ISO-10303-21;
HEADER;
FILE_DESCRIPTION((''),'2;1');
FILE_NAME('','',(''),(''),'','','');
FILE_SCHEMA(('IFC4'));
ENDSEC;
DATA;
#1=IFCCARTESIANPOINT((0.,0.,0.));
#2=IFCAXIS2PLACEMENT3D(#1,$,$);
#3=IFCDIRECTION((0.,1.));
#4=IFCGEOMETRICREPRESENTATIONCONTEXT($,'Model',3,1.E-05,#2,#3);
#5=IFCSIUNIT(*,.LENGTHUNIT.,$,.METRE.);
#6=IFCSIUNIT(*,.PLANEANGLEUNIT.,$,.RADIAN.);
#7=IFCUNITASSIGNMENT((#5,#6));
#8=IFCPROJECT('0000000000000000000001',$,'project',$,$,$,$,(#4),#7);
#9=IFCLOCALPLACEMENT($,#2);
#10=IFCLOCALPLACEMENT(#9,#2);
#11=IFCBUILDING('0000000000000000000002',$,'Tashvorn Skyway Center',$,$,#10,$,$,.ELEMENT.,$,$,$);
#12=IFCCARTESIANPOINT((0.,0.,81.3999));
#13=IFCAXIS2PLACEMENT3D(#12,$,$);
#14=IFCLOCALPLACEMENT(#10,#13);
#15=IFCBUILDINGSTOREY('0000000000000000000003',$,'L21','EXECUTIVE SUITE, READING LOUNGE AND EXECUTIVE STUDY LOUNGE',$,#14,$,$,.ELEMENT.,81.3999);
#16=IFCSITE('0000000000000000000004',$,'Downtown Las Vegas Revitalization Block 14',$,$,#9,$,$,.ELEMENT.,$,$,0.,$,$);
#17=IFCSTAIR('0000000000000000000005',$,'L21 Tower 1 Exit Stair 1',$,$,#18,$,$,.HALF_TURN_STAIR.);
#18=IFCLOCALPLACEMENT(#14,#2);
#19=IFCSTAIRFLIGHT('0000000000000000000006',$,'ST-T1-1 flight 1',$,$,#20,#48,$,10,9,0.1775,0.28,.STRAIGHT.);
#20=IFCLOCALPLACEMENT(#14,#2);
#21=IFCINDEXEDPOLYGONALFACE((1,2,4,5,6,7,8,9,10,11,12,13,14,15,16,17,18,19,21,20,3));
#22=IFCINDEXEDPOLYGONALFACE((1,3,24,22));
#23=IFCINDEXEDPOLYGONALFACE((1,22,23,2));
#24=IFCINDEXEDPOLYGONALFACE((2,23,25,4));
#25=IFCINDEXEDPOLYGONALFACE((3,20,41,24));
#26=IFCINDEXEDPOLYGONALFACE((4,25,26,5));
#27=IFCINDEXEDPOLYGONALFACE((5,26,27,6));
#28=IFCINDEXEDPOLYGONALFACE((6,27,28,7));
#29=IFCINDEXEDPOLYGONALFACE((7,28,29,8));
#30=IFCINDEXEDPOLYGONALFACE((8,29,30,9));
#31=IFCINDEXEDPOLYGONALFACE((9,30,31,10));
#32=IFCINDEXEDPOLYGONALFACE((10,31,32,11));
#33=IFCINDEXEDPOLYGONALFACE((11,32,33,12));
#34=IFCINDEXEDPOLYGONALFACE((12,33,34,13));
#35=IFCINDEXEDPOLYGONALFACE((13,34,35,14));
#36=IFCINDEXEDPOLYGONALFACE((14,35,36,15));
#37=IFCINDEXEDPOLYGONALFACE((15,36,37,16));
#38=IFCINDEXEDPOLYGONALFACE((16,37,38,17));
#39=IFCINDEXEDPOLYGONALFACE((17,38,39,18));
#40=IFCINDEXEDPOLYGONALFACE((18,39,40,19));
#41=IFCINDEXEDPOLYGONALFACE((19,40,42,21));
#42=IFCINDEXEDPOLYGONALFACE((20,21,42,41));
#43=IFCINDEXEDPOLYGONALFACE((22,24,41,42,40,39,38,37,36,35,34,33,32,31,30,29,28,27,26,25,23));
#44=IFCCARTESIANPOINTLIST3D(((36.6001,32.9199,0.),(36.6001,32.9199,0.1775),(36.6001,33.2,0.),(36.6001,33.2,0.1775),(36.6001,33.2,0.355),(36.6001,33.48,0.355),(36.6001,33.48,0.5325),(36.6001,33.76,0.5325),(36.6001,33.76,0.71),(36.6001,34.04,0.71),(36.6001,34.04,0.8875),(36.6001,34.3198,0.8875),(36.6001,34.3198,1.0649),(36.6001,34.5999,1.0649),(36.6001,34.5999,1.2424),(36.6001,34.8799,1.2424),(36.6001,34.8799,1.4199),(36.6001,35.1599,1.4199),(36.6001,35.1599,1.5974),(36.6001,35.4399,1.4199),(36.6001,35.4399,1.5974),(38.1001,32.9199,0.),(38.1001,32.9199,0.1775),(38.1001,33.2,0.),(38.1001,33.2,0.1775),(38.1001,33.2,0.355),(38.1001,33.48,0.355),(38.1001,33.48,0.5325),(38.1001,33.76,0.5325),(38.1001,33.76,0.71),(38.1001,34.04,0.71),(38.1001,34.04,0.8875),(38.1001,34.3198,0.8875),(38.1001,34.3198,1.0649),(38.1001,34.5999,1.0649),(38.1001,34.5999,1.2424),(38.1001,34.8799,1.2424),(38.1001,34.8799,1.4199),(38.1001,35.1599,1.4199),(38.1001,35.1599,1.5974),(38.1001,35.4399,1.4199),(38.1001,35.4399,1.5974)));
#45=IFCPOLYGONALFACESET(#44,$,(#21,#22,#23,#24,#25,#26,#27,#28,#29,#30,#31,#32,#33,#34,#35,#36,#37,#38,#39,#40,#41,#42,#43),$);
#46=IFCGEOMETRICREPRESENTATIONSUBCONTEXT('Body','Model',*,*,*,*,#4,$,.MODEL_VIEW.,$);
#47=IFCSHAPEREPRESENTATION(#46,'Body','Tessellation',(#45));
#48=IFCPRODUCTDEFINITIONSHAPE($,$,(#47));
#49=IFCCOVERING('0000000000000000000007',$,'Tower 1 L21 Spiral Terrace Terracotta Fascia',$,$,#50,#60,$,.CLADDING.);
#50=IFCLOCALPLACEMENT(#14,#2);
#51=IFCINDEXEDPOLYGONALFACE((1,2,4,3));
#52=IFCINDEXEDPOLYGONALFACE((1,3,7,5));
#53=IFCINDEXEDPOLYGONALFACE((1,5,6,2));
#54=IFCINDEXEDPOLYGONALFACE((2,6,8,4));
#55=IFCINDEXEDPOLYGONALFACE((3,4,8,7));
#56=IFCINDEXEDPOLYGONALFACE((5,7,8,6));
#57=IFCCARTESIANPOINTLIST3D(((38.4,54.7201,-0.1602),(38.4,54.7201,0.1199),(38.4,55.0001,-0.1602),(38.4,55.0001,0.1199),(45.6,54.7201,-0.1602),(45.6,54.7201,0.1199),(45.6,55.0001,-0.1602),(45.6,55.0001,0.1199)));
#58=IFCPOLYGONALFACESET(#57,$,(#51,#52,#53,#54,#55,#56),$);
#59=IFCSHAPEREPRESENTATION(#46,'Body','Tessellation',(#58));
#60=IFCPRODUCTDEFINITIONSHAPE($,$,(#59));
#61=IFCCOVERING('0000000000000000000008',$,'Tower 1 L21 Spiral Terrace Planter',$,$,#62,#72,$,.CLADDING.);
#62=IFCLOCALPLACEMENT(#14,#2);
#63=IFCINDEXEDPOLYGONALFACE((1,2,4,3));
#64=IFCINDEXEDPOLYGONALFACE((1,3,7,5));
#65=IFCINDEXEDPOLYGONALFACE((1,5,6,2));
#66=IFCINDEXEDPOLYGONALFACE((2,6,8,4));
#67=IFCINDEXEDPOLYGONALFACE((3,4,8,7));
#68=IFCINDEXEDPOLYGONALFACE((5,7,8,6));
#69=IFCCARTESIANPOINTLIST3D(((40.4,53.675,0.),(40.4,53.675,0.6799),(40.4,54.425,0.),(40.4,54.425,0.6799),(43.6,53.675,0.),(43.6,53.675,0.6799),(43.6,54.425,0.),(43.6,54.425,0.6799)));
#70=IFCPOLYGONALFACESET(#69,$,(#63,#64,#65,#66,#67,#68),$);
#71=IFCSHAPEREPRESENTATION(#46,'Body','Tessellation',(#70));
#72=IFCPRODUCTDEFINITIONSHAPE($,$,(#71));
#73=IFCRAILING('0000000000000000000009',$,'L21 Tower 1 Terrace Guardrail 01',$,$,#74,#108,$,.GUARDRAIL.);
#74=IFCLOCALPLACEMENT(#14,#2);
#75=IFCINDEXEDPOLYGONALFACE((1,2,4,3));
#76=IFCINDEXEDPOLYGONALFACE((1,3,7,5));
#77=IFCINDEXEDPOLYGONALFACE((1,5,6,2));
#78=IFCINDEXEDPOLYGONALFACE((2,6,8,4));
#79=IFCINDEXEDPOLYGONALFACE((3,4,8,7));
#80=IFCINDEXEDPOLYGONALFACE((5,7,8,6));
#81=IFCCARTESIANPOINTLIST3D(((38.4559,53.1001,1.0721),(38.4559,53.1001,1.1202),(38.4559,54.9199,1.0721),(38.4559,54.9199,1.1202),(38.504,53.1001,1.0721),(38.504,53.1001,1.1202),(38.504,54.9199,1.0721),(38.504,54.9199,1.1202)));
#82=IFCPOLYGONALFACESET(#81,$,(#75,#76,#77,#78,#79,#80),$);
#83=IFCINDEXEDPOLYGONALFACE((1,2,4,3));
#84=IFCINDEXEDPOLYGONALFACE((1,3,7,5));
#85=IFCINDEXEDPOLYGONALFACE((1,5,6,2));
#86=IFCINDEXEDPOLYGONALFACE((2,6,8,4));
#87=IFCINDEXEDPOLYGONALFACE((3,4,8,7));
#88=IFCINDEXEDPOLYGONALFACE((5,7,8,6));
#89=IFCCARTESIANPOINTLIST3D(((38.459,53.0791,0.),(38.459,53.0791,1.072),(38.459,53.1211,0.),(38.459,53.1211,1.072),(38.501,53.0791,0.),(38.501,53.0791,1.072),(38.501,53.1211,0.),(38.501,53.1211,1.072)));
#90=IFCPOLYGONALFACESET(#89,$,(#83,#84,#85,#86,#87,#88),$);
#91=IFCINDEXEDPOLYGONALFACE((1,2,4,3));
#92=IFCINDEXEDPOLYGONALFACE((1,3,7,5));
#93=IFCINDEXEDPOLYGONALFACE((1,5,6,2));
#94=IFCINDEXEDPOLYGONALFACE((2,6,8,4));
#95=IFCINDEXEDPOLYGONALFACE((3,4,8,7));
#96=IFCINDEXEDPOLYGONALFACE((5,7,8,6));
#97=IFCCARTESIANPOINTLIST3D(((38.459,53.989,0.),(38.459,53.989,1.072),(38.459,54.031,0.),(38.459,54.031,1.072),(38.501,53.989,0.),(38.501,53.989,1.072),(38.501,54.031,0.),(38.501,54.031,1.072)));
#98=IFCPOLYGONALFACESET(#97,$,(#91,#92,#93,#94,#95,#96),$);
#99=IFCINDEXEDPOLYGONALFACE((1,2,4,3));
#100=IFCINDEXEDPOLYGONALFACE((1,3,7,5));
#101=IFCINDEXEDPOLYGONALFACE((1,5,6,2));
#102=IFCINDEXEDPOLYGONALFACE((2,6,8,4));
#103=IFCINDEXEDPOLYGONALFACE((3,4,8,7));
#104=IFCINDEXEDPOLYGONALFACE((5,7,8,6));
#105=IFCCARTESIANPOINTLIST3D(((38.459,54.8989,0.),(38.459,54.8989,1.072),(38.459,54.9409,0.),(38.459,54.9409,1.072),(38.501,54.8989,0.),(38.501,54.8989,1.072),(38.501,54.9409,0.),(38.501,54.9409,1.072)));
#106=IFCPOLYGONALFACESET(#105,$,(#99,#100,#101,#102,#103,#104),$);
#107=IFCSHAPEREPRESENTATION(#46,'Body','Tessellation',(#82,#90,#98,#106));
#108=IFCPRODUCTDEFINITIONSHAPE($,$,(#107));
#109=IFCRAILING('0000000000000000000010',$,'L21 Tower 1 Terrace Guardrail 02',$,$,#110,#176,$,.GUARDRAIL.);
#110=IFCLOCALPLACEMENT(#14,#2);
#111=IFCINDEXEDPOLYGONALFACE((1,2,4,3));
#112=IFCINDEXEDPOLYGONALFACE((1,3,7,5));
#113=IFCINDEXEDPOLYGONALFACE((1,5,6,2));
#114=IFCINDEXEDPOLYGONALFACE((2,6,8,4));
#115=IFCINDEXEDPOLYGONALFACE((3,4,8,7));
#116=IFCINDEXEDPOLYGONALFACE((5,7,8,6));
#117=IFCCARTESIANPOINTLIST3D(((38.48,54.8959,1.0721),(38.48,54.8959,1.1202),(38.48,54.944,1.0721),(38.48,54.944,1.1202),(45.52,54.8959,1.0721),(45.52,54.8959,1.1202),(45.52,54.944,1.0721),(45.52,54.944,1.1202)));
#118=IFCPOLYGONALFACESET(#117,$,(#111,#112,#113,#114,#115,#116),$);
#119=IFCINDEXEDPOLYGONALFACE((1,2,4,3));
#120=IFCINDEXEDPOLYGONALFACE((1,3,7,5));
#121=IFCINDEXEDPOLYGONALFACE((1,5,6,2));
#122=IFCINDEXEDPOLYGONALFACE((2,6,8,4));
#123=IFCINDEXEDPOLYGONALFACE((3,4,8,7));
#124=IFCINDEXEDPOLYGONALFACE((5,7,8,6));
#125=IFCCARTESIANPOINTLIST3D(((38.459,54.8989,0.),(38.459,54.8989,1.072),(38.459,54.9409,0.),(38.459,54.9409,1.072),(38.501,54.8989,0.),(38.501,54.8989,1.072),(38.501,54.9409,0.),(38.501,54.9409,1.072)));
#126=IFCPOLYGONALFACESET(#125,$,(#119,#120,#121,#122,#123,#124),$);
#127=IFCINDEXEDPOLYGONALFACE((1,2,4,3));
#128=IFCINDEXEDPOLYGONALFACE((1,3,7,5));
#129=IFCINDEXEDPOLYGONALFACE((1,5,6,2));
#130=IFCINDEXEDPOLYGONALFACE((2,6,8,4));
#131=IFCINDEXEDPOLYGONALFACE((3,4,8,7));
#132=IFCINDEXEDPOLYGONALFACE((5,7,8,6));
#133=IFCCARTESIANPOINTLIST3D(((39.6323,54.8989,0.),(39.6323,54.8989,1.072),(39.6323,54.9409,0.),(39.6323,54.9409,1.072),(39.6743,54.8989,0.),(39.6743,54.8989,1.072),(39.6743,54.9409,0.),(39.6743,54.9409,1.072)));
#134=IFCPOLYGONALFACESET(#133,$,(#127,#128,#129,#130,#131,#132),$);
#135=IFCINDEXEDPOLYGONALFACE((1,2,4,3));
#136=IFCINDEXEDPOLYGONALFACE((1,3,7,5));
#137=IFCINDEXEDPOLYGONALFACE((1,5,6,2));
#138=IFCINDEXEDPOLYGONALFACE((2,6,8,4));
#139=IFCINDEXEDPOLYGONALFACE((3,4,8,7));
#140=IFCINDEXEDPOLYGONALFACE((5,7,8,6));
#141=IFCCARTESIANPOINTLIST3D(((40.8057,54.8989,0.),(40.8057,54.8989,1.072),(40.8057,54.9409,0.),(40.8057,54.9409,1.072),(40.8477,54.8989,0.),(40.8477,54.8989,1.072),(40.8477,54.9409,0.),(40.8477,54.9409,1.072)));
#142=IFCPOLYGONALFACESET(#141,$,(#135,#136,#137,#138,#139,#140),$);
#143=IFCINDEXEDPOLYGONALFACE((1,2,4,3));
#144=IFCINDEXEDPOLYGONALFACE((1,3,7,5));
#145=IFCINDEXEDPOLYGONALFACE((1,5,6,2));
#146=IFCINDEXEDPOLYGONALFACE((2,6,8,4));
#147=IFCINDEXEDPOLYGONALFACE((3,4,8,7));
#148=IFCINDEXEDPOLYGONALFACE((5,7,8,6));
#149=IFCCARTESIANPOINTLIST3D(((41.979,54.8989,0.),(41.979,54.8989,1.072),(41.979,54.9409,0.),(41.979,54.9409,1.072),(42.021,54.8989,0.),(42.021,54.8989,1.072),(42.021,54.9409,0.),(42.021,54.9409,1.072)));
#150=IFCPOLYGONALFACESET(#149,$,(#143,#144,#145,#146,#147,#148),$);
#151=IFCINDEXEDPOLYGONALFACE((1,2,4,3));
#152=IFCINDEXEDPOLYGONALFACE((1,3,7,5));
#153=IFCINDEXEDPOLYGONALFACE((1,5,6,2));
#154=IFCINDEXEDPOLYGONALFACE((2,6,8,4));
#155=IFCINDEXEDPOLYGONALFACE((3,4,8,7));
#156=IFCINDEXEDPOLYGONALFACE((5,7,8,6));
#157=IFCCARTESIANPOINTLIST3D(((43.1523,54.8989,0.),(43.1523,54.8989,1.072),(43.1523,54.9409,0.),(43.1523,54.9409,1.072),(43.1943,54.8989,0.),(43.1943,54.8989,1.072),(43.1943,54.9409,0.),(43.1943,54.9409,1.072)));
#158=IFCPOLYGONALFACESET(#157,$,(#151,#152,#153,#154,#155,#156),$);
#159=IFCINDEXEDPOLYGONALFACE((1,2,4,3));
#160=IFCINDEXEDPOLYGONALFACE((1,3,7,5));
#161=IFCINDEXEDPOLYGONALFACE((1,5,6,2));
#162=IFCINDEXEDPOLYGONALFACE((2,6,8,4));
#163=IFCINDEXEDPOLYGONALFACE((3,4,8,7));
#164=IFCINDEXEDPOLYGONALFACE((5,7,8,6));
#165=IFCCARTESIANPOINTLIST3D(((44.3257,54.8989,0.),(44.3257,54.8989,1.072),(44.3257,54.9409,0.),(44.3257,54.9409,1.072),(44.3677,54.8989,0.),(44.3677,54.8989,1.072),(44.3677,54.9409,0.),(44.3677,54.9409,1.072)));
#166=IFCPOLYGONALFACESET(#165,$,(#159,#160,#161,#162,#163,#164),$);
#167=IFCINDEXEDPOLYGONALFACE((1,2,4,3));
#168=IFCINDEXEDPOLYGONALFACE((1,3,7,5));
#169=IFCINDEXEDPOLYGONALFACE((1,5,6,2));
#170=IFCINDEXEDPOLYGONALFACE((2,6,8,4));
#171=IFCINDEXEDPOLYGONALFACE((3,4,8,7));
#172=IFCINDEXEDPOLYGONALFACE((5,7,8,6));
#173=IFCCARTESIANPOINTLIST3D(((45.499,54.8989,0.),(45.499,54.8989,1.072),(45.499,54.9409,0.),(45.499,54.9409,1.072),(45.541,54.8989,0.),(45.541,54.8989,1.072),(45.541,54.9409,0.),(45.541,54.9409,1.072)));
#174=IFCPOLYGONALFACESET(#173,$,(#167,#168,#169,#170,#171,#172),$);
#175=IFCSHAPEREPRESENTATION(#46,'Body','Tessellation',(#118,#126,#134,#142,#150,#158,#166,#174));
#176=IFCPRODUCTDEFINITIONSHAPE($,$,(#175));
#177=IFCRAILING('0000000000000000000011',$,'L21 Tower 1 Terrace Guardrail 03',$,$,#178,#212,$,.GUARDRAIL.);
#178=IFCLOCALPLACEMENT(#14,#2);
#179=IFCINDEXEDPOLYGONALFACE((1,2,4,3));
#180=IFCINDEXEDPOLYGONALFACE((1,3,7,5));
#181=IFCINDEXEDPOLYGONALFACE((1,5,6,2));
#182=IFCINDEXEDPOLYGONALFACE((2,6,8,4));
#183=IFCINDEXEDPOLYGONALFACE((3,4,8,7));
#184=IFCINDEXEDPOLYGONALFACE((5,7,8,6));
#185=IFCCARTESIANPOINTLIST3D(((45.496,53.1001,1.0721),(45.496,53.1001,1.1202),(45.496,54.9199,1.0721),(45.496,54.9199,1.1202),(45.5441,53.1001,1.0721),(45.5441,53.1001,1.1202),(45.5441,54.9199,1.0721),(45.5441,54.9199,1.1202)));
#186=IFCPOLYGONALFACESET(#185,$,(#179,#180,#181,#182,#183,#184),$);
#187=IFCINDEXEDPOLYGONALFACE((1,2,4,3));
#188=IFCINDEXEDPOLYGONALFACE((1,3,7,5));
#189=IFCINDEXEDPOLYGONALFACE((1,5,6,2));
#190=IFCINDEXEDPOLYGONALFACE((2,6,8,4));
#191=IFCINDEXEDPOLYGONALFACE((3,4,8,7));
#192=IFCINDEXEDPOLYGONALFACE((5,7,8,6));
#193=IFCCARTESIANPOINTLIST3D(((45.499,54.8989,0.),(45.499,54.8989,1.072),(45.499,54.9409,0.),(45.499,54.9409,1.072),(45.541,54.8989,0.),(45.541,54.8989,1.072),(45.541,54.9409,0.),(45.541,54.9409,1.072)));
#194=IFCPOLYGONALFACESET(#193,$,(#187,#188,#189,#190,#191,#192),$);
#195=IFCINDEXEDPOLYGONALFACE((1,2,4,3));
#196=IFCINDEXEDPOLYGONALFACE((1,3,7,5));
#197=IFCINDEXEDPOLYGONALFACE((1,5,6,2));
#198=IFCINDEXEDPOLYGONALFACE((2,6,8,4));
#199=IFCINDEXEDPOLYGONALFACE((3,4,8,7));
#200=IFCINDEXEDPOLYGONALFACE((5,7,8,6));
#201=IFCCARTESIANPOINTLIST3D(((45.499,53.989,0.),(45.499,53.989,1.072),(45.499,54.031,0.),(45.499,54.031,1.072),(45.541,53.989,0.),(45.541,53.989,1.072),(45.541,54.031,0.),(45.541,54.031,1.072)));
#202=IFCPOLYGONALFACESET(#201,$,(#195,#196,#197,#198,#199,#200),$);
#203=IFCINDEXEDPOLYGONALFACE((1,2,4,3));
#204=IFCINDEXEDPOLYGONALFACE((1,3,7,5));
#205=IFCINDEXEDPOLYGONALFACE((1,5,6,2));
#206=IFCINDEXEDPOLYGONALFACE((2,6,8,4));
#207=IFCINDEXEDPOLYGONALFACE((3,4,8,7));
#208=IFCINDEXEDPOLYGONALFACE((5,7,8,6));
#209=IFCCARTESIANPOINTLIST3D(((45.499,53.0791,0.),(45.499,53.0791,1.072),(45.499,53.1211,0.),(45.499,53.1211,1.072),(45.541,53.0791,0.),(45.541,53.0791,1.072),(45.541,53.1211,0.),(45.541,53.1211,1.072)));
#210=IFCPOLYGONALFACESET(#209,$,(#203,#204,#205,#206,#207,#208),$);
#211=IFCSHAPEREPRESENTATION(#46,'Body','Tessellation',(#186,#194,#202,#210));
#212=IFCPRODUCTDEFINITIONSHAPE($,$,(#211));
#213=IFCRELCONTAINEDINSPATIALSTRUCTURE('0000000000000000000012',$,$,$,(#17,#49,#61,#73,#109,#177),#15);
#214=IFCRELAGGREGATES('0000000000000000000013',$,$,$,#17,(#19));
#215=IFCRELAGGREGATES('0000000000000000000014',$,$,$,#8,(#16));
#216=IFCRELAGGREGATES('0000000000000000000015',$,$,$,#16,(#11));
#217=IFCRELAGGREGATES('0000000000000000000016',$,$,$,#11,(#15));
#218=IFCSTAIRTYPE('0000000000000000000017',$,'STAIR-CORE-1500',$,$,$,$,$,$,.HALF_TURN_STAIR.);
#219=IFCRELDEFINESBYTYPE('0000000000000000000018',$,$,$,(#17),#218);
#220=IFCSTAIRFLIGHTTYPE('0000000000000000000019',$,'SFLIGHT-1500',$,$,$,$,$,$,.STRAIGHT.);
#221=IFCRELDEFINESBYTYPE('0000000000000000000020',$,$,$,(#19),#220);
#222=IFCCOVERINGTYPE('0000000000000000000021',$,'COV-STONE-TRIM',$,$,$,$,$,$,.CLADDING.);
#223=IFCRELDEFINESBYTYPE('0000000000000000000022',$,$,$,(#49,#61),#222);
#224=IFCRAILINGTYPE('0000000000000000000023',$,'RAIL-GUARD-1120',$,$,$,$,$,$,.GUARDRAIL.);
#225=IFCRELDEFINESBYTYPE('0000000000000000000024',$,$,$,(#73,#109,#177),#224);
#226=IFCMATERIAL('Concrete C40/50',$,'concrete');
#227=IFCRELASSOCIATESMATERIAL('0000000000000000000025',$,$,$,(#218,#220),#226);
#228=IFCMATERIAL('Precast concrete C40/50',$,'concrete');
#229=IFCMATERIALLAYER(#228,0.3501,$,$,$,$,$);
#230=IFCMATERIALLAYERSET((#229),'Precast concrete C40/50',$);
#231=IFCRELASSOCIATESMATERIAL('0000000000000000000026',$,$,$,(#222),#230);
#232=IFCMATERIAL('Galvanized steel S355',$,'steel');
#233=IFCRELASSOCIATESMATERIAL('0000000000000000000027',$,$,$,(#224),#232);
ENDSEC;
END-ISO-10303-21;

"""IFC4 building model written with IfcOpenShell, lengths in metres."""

from ifc_helpers import new_model, si_unit, direction, frame, origin, origin_2d, place, context, subcontext, project, spatial, polyline, rectangle, outline, extrude, material, layer, layer_set, type_object, element, aggregate, save


model = new_model("IFC4")

# Units and contexts
model_context = context("Model", 3, precision=1e-05, world=origin(), true_north=direction((0.0, 1.0)))
body_context = subcontext(model_context, "Body", "Model", "MODEL_VIEW")
ifc_project = project(units=[si_unit("LENGTHUNIT", "METRE"), si_unit("PLANEANGLEUNIT", "RADIAN")], contexts=[model_context])

# Site, building, storey
site_placement = place(None, origin())
site = spatial("IfcSite", under=ifc_project, at=site_placement, Name="Downtown Las Vegas Revitalization Block 14", CompositionType="ELEMENT", RefElevation=0.0)
building_placement = place(site_placement, origin())
building = spatial("IfcBuilding", under=site, at=building_placement, Name="Tashvorn Skyway Center", CompositionType="ELEMENT")
storey_placement = place(building_placement, frame((0.0, 0.0, 81.3999)))
storey = spatial("IfcBuildingStorey", under=building, at=storey_placement, Name="L21", Description="EXECUTIVE SUITE, READING LOUNGE AND EXECUTIVE STUDY LOUNGE", CompositionType="ELEMENT", Elevation=81.3999)

# Shared definitions
ifc_material_1 = material(Name="Precast concrete C40/50", Category="concrete")

# Shared definitions
ifc_material_2 = material(Name="Concrete C40/50", Category="concrete")

# Stair, stair flight
stair_type = type_object("IfcStairType", Name="STAIR-CORE-1500", PredefinedType="HALF_TURN_STAIR", material=ifc_material_2)
stair_placement = place(storey_placement, origin())
stair = element("IfcStair", 1, at=stair_placement, inside=storey, type_object=stair_type, Name="L21 Tower 1 Exit Stair 1", PredefinedType="HALF_TURN_STAIR")
stair_flight_type = type_object("IfcStairFlightType", Name="SFLIGHT-1500", PredefinedType="STRAIGHT", material=ifc_material_2)
stair_flight_placement = place(storey_placement, frame((37.3501, 32.9199, 0.0), z_axis=(0.0, 0.0, 1.0), x_axis=(0.0, 1.0, 0.0)))
stair_flight = element("IfcStairFlight", 2, at=stair_flight_placement, type_object=stair_flight_type, Name="ST-T1-1 flight 1", NumberOfRisers=10, NumberOfTreads=9, PredefinedType="STRAIGHT", RiserHeight=0.1775, TreadLength=0.28, context=body_context, shape_type="SweptSolid", body=[
    extrude(outline(polyline([(0.0, 0.0), (0.0, 0.1775), (0.28, 0.1775), (0.28, 0.355), (0.5601, 0.355), (0.5601, 0.5325), (0.8401, 0.5325), (0.8401, 0.71), (1.1201, 0.71), (1.1201, 0.8875), (1.3999, 0.8875), (1.3999, 1.0649), (1.6799, 1.0649), (1.6799, 1.2424), (1.96, 1.2424), (1.96, 1.4199), (2.24, 1.4199), (2.24, 1.5974), (2.52, 1.5974), (2.52, 1.7749), (2.52, 1.4199), (0.28, 0.0), (0.0, 0.0)])), frame((0.0, 0.75, 0.0), z_axis=(0.0, -1.0, 0.0), x_axis=(1.0, 0.0, 0.0)), (0.0, 0.0, 1.0), 1.5),
])
aggregate(stair, [stair_flight])

# Coverings
ifc_layer_1 = layer(ifc_material_1, 0.3501)
ifc_layer_set_1 = layer_set([ifc_layer_1], Name="Precast concrete C40/50")
covering_type = type_object("IfcCoveringType", Name="COV-STONE-TRIM", PredefinedType="CLADDING", material=ifc_layer_set_1)
covering_1_placement = place(storey_placement, frame((42.0, 54.8601, -0.1602), z_axis=(0.0, 0.0, 1.0), x_axis=(1.0, 0.0, 0.0)))
element("IfcCovering", 3, at=covering_1_placement, inside=storey, type_object=covering_type, Name="Tower 1 L21 Spiral Terrace Terracotta Fascia", PredefinedType="CLADDING", context=body_context, shape_type="SweptSolid", body=[
    extrude(rectangle(XDim=7.2, YDim=0.28, at=origin_2d()), origin(), (0.0, 0.0, 1.0), 0.28),
])
covering_2_placement = place(storey_placement, frame((42.0, 54.05, 0.0), z_axis=(0.0, 0.0, 1.0), x_axis=(1.0, 0.0, 0.0)))
element("IfcCovering", 4, at=covering_2_placement, inside=storey, type_object=covering_type, Name="Tower 1 L21 Spiral Terrace Planter", PredefinedType="CLADDING", context=body_context, shape_type="SweptSolid", body=[
    extrude(rectangle(XDim=3.2, YDim=0.75, at=origin_2d()), origin(), (0.0, 0.0, 1.0), 0.6799),
])

# Railings
ifc_material_3 = material(Name="Galvanized steel S355", Category="steel")
railing_type_1 = type_object("IfcRailingType", Name="RAIL-GUARD-1120", PredefinedType="GUARDRAIL", material=ifc_material_3)
railing_1_placement = place(storey_placement, frame((38.48, 53.1001, 0.0)))
element("IfcRailing", 5, at=railing_1_placement, inside=storey, type_object=railing_type_1, Name="L21 Tower 1 Terrace Guardrail 01", PredefinedType="GUARDRAIL", context=body_context, shape_type="SweptSolid", body=[
    extrude(rectangle(XDim=0.0481, YDim=0.0481, at=origin_2d()), frame((0.0, 0.0, 1.0962), z_axis=(0.0, 1.0, 0.0), x_axis=(-1.0, 0.0, 0.0)), (0.0, 0.0, 1.0), 1.8198),
    extrude(rectangle(XDim=0.042, YDim=0.042, at=origin_2d()), origin(), (0.0, 0.0, 1.0), 1.072),
    extrude(rectangle(XDim=0.042, YDim=0.042, at=origin_2d()), frame((0.0, 0.9099, 0.0)), (0.0, 0.0, 1.0), 1.072),
    extrude(rectangle(XDim=0.042, YDim=0.042, at=origin_2d()), frame((0.0, 1.8198, 0.0)), (0.0, 0.0, 1.0), 1.072),
])
railing_2_placement = place(storey_placement, frame((38.48, 54.9199, 0.0)))
element("IfcRailing", 6, at=railing_2_placement, inside=storey, type_object=railing_type_1, Name="L21 Tower 1 Terrace Guardrail 02", PredefinedType="GUARDRAIL", context=body_context, shape_type="SweptSolid", body=[
    extrude(rectangle(XDim=0.0481, YDim=0.0481, at=origin_2d()), frame((0.0, 0.0, 1.0962), z_axis=(1.0, 0.0, 0.0), x_axis=(0.0, 1.0, 0.0)), (0.0, 0.0, 1.0), 7.04),
    extrude(rectangle(XDim=0.042, YDim=0.042, at=origin_2d()), origin(), (0.0, 0.0, 1.0), 1.072),
    extrude(rectangle(XDim=0.042, YDim=0.042, at=origin_2d()), frame((1.1733, 0.0, 0.0)), (0.0, 0.0, 1.0), 1.072),
    extrude(rectangle(XDim=0.042, YDim=0.042, at=origin_2d()), frame((2.3467, 0.0, 0.0)), (0.0, 0.0, 1.0), 1.072),
    extrude(rectangle(XDim=0.042, YDim=0.042, at=origin_2d()), frame((3.52, 0.0, 0.0)), (0.0, 0.0, 1.0), 1.072),
    extrude(rectangle(XDim=0.042, YDim=0.042, at=origin_2d()), frame((4.6934, 0.0, 0.0)), (0.0, 0.0, 1.0), 1.072),
    extrude(rectangle(XDim=0.042, YDim=0.042, at=origin_2d()), frame((5.8667, 0.0, 0.0)), (0.0, 0.0, 1.0), 1.072),
    extrude(rectangle(XDim=0.042, YDim=0.042, at=origin_2d()), frame((7.04, 0.0, 0.0)), (0.0, 0.0, 1.0), 1.072),
])
railing_3_placement = place(storey_placement, frame((45.52, 54.9199, 0.0)))
element("IfcRailing", 7, at=railing_3_placement, inside=storey, type_object=railing_type_1, Name="L21 Tower 1 Terrace Guardrail 03", PredefinedType="GUARDRAIL", context=body_context, shape_type="SweptSolid", body=[
    extrude(rectangle(XDim=0.0481, YDim=0.0481, at=origin_2d()), frame((0.0, 0.0, 1.0962), z_axis=(0.0, -1.0, 0.0), x_axis=(1.0, 0.0, 0.0)), (0.0, 0.0, 1.0), 1.8198),
    extrude(rectangle(XDim=0.042, YDim=0.042, at=origin_2d()), origin(), (0.0, 0.0, 1.0), 1.072),
    extrude(rectangle(XDim=0.042, YDim=0.042, at=origin_2d()), frame((0.0, -0.9099, 0.0)), (0.0, 0.0, 1.0), 1.072),
    extrude(rectangle(XDim=0.042, YDim=0.042, at=origin_2d()), frame((0.0, -1.8198, 0.0)), (0.0, 0.0, 1.0), 1.072),
])

save(model, "model.ifc")
